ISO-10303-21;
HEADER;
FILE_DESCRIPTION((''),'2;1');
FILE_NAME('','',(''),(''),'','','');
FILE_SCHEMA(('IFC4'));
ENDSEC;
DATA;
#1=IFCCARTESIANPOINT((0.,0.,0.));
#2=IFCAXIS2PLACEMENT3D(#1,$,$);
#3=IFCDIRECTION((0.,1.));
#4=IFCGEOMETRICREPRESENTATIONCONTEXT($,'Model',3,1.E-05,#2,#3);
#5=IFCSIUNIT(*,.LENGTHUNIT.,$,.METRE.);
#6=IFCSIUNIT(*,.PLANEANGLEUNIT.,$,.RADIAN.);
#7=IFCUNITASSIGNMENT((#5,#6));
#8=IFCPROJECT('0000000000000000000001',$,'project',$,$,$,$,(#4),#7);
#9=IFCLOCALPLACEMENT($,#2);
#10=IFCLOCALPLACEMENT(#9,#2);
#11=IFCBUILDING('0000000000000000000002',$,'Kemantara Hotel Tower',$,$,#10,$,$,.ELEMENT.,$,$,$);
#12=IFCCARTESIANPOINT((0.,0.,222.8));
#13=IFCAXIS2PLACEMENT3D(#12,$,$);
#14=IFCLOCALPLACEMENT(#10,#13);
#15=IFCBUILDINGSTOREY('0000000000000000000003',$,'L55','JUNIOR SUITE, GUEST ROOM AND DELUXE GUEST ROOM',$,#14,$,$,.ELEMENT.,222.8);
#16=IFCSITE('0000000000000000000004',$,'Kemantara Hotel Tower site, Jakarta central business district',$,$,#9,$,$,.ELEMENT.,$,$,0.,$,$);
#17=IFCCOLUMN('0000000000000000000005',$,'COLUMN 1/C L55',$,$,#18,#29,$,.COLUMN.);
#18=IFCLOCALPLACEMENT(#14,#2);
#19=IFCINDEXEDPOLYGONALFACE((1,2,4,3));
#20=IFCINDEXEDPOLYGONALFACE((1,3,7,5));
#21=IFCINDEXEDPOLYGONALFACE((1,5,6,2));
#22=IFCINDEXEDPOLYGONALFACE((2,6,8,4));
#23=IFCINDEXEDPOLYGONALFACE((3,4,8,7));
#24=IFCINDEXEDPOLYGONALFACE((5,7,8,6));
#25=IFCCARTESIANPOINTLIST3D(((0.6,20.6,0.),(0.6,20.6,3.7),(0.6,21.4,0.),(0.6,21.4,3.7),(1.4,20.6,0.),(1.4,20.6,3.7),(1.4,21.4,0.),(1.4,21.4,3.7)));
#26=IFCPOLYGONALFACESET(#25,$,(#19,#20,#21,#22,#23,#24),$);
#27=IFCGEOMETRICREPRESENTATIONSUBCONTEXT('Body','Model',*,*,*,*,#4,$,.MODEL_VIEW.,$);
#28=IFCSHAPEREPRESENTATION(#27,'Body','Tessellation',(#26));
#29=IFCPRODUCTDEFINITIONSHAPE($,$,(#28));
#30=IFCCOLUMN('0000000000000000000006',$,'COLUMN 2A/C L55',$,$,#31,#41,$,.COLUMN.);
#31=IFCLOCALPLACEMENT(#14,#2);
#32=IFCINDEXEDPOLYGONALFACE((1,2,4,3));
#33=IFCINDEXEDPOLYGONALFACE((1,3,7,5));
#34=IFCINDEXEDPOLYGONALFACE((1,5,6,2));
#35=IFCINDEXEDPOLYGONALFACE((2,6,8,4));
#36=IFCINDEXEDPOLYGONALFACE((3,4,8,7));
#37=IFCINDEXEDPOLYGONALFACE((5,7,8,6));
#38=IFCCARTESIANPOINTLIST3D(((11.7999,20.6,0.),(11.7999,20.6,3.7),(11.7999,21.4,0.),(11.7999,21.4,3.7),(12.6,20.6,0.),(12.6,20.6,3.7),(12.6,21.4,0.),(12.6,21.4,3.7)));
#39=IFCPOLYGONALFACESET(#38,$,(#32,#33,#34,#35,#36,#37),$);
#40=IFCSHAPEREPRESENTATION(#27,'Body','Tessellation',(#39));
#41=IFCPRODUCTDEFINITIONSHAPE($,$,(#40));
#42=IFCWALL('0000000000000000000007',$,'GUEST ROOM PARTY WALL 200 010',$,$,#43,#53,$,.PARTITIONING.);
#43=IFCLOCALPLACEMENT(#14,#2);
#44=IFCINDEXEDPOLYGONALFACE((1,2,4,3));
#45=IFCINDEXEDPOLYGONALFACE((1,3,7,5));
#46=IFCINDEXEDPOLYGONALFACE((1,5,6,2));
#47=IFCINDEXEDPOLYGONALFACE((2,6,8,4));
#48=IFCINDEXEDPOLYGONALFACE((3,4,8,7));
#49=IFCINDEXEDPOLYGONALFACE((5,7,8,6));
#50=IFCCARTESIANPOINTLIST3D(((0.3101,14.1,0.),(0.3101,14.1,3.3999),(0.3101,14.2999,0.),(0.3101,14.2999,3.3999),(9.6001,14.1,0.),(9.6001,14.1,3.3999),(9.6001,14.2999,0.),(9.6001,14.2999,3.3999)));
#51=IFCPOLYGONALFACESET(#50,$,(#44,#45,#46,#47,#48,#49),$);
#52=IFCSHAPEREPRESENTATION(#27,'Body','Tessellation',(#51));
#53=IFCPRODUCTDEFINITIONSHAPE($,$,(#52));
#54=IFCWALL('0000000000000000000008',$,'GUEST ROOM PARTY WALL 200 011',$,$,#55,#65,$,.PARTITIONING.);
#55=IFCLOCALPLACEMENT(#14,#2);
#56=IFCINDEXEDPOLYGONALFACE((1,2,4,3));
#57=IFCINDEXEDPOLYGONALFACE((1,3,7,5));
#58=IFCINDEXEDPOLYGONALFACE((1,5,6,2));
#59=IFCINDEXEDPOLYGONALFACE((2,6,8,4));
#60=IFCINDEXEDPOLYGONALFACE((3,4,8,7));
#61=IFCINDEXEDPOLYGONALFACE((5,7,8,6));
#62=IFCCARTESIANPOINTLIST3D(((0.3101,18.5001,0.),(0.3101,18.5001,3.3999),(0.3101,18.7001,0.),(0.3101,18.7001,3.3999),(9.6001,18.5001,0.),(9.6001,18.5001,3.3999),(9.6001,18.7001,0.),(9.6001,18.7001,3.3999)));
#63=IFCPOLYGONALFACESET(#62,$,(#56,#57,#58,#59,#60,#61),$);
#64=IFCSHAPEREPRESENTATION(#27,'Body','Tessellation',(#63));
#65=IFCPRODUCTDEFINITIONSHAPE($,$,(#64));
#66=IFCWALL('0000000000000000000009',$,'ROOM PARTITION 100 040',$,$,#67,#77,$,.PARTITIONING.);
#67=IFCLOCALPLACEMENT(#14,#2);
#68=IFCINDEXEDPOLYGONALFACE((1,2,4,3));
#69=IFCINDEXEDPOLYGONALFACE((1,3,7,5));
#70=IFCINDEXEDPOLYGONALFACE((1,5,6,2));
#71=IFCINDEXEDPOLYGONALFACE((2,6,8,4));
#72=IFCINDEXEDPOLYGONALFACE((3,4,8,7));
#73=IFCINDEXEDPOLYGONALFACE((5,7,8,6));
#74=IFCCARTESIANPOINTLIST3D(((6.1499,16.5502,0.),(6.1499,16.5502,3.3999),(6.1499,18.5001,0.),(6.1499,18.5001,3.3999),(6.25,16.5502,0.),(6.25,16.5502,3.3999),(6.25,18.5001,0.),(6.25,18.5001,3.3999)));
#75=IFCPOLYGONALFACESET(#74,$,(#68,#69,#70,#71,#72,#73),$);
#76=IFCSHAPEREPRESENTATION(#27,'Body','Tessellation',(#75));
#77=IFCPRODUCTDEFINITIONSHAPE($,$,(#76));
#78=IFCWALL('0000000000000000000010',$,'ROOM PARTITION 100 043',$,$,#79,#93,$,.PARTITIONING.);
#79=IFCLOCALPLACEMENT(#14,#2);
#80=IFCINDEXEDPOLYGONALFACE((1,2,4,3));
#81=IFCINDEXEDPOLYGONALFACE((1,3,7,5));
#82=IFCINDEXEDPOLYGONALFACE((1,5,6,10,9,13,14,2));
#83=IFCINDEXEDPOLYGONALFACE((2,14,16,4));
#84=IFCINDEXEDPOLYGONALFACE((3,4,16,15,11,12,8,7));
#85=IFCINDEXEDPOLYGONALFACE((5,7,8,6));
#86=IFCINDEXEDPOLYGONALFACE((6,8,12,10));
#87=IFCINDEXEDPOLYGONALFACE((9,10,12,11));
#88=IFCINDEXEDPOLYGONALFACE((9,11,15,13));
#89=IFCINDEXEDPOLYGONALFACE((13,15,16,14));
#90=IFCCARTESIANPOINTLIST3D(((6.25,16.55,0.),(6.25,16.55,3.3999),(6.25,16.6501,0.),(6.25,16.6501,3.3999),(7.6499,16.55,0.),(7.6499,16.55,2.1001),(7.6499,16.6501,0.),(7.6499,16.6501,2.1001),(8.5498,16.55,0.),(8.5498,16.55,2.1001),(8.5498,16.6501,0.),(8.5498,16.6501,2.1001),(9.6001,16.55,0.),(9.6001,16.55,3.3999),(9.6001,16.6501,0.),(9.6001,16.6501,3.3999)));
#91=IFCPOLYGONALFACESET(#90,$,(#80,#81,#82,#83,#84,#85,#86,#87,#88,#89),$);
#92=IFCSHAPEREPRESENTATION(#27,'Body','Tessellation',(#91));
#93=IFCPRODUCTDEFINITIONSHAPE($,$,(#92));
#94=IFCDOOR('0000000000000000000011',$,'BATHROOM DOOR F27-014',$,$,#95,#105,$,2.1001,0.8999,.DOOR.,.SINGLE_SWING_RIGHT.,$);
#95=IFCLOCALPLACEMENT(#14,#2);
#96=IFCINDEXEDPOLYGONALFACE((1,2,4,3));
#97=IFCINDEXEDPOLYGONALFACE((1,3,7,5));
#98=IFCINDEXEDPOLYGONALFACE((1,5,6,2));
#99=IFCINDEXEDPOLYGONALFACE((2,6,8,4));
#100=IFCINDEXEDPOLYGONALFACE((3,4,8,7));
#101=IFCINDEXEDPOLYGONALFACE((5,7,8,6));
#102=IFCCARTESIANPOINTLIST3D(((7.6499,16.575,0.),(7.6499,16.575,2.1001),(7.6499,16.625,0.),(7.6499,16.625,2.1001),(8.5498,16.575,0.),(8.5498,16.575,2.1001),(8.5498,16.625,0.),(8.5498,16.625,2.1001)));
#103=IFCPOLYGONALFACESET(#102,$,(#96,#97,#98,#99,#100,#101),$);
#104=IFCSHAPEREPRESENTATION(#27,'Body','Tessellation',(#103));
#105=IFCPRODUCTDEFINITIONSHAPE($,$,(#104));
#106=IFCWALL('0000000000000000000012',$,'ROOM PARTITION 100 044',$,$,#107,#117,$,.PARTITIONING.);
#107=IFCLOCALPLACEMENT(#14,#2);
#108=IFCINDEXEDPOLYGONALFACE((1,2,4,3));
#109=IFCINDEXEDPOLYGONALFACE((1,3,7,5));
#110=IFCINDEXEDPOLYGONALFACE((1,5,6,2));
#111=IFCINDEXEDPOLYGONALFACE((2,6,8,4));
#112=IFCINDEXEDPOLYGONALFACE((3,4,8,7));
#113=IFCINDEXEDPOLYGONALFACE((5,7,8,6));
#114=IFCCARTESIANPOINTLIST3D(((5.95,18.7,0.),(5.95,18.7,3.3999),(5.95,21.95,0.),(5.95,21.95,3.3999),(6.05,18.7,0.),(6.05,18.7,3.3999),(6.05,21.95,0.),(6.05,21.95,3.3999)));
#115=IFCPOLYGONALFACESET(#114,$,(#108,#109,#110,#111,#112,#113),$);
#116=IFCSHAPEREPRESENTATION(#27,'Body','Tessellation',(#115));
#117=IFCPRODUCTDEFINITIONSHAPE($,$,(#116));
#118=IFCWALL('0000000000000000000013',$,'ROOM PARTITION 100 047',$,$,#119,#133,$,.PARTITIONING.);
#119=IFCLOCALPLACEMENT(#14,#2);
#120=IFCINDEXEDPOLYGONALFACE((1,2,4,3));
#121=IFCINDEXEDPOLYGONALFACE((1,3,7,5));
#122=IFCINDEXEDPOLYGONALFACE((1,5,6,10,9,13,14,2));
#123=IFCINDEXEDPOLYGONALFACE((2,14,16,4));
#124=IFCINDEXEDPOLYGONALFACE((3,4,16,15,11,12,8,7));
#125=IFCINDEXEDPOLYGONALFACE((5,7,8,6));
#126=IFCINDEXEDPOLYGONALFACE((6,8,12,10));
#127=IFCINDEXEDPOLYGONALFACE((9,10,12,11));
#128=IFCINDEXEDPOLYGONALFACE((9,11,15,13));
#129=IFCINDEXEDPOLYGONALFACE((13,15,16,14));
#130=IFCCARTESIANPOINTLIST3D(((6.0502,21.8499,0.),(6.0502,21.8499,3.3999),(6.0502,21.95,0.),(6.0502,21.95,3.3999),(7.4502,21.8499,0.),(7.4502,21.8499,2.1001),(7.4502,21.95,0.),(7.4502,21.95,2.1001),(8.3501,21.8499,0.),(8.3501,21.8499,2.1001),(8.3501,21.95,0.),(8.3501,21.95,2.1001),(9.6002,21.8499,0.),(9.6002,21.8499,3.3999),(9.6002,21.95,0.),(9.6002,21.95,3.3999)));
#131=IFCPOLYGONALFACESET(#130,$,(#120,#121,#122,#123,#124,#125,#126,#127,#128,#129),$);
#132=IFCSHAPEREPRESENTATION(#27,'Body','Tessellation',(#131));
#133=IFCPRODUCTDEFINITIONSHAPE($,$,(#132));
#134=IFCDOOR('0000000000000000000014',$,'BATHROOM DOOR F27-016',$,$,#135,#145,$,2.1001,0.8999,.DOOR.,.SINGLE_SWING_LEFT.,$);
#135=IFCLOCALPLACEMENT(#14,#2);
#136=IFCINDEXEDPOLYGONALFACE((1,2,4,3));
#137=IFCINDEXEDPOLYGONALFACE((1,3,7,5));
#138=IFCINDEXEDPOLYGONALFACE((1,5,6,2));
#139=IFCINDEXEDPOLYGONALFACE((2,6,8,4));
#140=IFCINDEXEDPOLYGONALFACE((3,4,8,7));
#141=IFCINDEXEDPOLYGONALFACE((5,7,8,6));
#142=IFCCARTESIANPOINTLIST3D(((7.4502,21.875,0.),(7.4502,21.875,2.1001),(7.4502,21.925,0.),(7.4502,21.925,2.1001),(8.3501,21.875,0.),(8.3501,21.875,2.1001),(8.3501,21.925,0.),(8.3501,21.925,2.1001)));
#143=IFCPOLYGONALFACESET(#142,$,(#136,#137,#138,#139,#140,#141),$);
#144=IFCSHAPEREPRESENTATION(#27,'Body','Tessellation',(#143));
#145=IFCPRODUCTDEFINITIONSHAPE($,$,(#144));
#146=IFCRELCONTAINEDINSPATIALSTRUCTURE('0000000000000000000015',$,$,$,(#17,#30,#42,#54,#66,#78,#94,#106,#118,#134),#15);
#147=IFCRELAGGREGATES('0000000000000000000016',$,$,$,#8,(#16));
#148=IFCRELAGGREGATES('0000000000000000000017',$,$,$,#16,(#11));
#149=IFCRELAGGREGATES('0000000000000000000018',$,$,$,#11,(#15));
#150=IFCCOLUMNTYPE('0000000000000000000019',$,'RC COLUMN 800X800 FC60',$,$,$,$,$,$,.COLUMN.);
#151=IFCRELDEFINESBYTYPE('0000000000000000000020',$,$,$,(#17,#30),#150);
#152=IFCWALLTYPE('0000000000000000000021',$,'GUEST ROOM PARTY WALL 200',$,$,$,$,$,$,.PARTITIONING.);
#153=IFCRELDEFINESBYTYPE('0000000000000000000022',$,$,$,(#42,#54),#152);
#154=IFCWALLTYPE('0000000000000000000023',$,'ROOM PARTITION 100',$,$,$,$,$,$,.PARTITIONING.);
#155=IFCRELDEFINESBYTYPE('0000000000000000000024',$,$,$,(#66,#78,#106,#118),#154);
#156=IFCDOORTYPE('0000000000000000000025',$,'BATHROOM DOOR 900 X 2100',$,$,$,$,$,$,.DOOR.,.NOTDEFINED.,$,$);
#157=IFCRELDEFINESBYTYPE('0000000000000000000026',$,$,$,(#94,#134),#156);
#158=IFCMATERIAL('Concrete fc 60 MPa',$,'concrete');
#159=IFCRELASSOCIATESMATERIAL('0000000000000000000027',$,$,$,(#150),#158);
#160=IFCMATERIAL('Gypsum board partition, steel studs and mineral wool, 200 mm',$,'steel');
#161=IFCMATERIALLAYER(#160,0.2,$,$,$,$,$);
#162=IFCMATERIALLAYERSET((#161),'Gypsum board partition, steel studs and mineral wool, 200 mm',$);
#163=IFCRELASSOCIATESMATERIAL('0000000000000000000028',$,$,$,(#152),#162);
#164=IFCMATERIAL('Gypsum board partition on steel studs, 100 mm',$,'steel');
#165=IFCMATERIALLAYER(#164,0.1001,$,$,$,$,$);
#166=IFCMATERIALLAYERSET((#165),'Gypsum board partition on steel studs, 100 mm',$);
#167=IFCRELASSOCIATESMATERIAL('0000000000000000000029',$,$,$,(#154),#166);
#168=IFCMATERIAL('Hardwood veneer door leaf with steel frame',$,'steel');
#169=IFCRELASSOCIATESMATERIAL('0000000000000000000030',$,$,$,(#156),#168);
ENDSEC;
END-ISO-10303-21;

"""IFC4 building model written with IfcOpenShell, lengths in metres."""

from ifc_helpers import new_model, si_unit, direction, frame, frame_2d, origin, origin_2d, place, context, subcontext, project, spatial, rectangle, extrude, material, layer, layer_set, material_profile, profile_set, type_object, element, fill, save


model = new_model("IFC4")

# Units and contexts
model_context = context("Model", 3, precision=1e-05, world=origin(), true_north=direction((0.0, 1.0)))
body_context = subcontext(model_context, "Body", "Model", "MODEL_VIEW")
ifc_project = project(units=[si_unit("LENGTHUNIT", "METRE"), si_unit("PLANEANGLEUNIT", "RADIAN")], contexts=[model_context])

# Site, building, storey
site_placement = place(None, origin())
site = spatial("IfcSite", under=ifc_project, at=site_placement, Name="Kemantara Hotel Tower site, Jakarta central business district", CompositionType="ELEMENT", RefElevation=0.0)
building_placement = place(site_placement, origin())
building = spatial("IfcBuilding", under=site, at=building_placement, Name="Kemantara Hotel Tower", CompositionType="ELEMENT")
storey_placement = place(building_placement, frame((0.0, 0.0, 222.8)))
storey = spatial("IfcBuildingStorey", under=building, at=storey_placement, Name="L55", Description="JUNIOR SUITE, GUEST ROOM AND DELUXE GUEST ROOM", CompositionType="ELEMENT", Elevation=222.8)

# Columns
ifc_material_1 = material(Name="Concrete fc 60 MPa", Category="concrete")
ifc_material_profile = material_profile(ifc_material_1, rectangle(XDim=0.8, YDim=0.8, at=origin_2d()), Name="RC 800X800")
ifc_profile_set = profile_set([ifc_material_profile], Name="Concrete fc 60 MPa")
column_type = type_object("IfcColumnType", Name="RC COLUMN 800X800 FC60", PredefinedType="COLUMN", material=ifc_profile_set)
for number, where, z_axis, x_axis, name in (
    (1, (1.0, 21.0, 0.0), (0.0, 0.0, 1.0), (1.0, 0.0, 0.0), "COLUMN 1/C L55"),
    (2, (12.2, 21.0, 0.0), (0.0, 0.0, 1.0), (1.0, 0.0, 0.0), "COLUMN 2A/C L55"),
):
    element("IfcColumn", number, at=place(storey_placement, frame(where, z_axis=z_axis, x_axis=x_axis)), inside=storey, type_object=column_type, Name=name, PredefinedType="COLUMN", context=body_context, shape_type="SweptSolid", body=[
        extrude(rectangle(XDim=0.8, YDim=0.8, at=origin_2d()), origin(), (0.0, 0.0, 1.0), 3.7),
    ])

# Walls
ifc_material_2 = material(Name="Gypsum board partition, steel studs and mineral wool, 200 mm", Category="steel")
ifc_layer_1 = layer(ifc_material_2, 0.2)
ifc_layer_set_1 = layer_set([ifc_layer_1], Name="Gypsum board partition, steel studs and mineral wool, 200 mm")
wall_type_1 = type_object("IfcWallType", Name="GUEST ROOM PARTY WALL 200", PredefinedType="PARTITIONING", material=ifc_layer_set_1)
for number, where, z_axis, x_axis, name in (
    (3, (0.3101, 14.2, 0.0), (0.0, 0.0, 1.0), (1.0, 0.0, 0.0), "GUEST ROOM PARTY WALL 200 010"),
    (4, (0.3101, 18.6001, 0.0), (0.0, 0.0, 1.0), (1.0, 0.0, 0.0), "GUEST ROOM PARTY WALL 200 011"),
):
    element("IfcWall", number, at=place(storey_placement, frame(where, z_axis=z_axis, x_axis=x_axis)), inside=storey, type_object=wall_type_1, Name=name, PredefinedType="PARTITIONING", context=body_context, shape_type="SweptSolid", body=[
        extrude(rectangle(XDim=9.29, YDim=0.2, at=frame_2d((4.645, 0.0))), origin(), (0.0, 0.0, 1.0), 3.3999),
    ])
ifc_material_3 = material(Name="Gypsum board partition on steel studs, 100 mm", Category="steel")
ifc_layer_2 = layer(ifc_material_3, 0.1001)
ifc_layer_set_2 = layer_set([ifc_layer_2], Name="Gypsum board partition on steel studs, 100 mm")
wall_type_2 = type_object("IfcWallType", Name="ROOM PARTITION 100", PredefinedType="PARTITIONING", material=ifc_layer_set_2)
wall_1_placement = place(storey_placement, frame((6.2, 16.55, 0.0), z_axis=(0.0, 0.0, 1.0), x_axis=(0.0, 1.0, 0.0)))
element("IfcWall", 5, at=wall_1_placement, inside=storey, type_object=wall_type_2, Name="ROOM PARTITION 100 040", PredefinedType="PARTITIONING", context=body_context, shape_type="SweptSolid", body=[
    extrude(rectangle(XDim=1.95, YDim=0.1001, at=frame_2d((0.9751, 0.0))), origin(), (0.0, 0.0, 1.0), 3.3999),
])

# Wall, opening, door
wall_2_placement = place(storey_placement, frame((6.25, 16.6001, 0.0), z_axis=(0.0, 0.0, 1.0), x_axis=(1.0, 0.0, 0.0)))
wall_2 = element("IfcWall", 6, at=wall_2_placement, inside=storey, type_object=wall_type_2, Name="ROOM PARTITION 100 043", PredefinedType="PARTITIONING", context=body_context, shape_type="SweptSolid", body=[
    extrude(rectangle(XDim=3.3501, YDim=0.1001, at=frame_2d((1.675, 0.0))), origin(), (0.0, 0.0, 1.0), 3.3999),
])
opening_1_placement = place(wall_2_placement, frame((1.3999, 0.0, 0.0)))
opening_1 = element("IfcOpeningElement", 7, at=opening_1_placement, cuts=wall_2, PredefinedType="OPENING", context=body_context, shape_type="SweptSolid", body=[
    extrude(rectangle(XDim=0.8999, YDim=2.1001, at=frame_2d((0.45, 1.05))), frame((0.0, 0.0601, 0.0), z_axis=(0.0, -1.0, 0.0), x_axis=(1.0, 0.0, 0.0)), (0.0, 0.0, 1.0), 0.1201),
])
ifc_material_4 = material(Name="Hardwood veneer door leaf with steel frame", Category="steel")
door_type = type_object("IfcDoorType", Name="BATHROOM DOOR 900 X 2100", OperationType="NOTDEFINED", PredefinedType="DOOR", material=ifc_material_4)
door_1_placement = place(opening_1_placement, origin())
door_1 = element("IfcDoor", 8, at=door_1_placement, inside=storey, type_object=door_type, Name="BATHROOM DOOR F27-014", OperationType="SINGLE_SWING_RIGHT", OverallHeight=2.1001, OverallWidth=0.8999, PredefinedType="DOOR", context=body_context, shape_type="SweptSolid", body=[
    extrude(rectangle(XDim=0.8999, YDim=2.1001, at=frame_2d((0.45, 1.05))), frame((0.0, 0.0249, 0.0), z_axis=(0.0, -1.0, 0.0), x_axis=(1.0, 0.0, 0.0)), (0.0, 0.0, 1.0), 0.05),
])
fill(opening_1, door_1)

# Wall
wall_3_placement = place(storey_placement, frame((6.0, 18.7, 0.0), z_axis=(0.0, 0.0, 1.0), x_axis=(0.0, 1.0, 0.0)))
element("IfcWall", 9, at=wall_3_placement, inside=storey, type_object=wall_type_2, Name="ROOM PARTITION 100 044", PredefinedType="PARTITIONING", context=body_context, shape_type="SweptSolid", body=[
    extrude(rectangle(XDim=3.25, YDim=0.1001, at=frame_2d((1.625, 0.0))), origin(), (0.0, 0.0, 1.0), 3.3999),
])

# Wall, opening, door
wall_4_placement = place(storey_placement, frame((9.6001, 21.8999, 0.0), z_axis=(0.0, 0.0, 1.0), x_axis=(-1.0, 0.0, 0.0)))
wall_4 = element("IfcWall", 10, at=wall_4_placement, inside=storey, type_object=wall_type_2, Name="ROOM PARTITION 100 047", PredefinedType="PARTITIONING", context=body_context, shape_type="SweptSolid", body=[
    extrude(rectangle(XDim=3.55, YDim=0.1001, at=frame_2d((1.7749, 0.0))), origin(), (0.0, 0.0, 1.0), 3.3999),
])
opening_2_placement = place(wall_4_placement, frame((1.25, 0.0, 0.0)))
opening_2 = element("IfcOpeningElement", 11, at=opening_2_placement, cuts=wall_4, PredefinedType="OPENING", context=body_context, shape_type="SweptSolid", body=[
    extrude(rectangle(XDim=0.8999, YDim=2.1001, at=frame_2d((0.45, 1.05))), frame((0.0, 0.0601, 0.0), z_axis=(0.0, -1.0, 0.0), x_axis=(1.0, 0.0, 0.0)), (0.0, 0.0, 1.0), 0.1201),
])
door_2_placement = place(opening_2_placement, origin())
door_2 = element("IfcDoor", 12, at=door_2_placement, inside=storey, type_object=door_type, Name="BATHROOM DOOR F27-016", OperationType="SINGLE_SWING_LEFT", OverallHeight=2.1001, OverallWidth=0.8999, PredefinedType="DOOR", context=body_context, shape_type="SweptSolid", body=[
    extrude(rectangle(XDim=0.8999, YDim=2.1001, at=frame_2d((0.45, 1.05))), frame((0.0, 0.0249, 0.0), z_axis=(0.0, -1.0, 0.0), x_axis=(1.0, 0.0, 0.0)), (0.0, 0.0, 1.0), 0.05),
])
fill(opening_2, door_2)

save(model, "model.ifc")
